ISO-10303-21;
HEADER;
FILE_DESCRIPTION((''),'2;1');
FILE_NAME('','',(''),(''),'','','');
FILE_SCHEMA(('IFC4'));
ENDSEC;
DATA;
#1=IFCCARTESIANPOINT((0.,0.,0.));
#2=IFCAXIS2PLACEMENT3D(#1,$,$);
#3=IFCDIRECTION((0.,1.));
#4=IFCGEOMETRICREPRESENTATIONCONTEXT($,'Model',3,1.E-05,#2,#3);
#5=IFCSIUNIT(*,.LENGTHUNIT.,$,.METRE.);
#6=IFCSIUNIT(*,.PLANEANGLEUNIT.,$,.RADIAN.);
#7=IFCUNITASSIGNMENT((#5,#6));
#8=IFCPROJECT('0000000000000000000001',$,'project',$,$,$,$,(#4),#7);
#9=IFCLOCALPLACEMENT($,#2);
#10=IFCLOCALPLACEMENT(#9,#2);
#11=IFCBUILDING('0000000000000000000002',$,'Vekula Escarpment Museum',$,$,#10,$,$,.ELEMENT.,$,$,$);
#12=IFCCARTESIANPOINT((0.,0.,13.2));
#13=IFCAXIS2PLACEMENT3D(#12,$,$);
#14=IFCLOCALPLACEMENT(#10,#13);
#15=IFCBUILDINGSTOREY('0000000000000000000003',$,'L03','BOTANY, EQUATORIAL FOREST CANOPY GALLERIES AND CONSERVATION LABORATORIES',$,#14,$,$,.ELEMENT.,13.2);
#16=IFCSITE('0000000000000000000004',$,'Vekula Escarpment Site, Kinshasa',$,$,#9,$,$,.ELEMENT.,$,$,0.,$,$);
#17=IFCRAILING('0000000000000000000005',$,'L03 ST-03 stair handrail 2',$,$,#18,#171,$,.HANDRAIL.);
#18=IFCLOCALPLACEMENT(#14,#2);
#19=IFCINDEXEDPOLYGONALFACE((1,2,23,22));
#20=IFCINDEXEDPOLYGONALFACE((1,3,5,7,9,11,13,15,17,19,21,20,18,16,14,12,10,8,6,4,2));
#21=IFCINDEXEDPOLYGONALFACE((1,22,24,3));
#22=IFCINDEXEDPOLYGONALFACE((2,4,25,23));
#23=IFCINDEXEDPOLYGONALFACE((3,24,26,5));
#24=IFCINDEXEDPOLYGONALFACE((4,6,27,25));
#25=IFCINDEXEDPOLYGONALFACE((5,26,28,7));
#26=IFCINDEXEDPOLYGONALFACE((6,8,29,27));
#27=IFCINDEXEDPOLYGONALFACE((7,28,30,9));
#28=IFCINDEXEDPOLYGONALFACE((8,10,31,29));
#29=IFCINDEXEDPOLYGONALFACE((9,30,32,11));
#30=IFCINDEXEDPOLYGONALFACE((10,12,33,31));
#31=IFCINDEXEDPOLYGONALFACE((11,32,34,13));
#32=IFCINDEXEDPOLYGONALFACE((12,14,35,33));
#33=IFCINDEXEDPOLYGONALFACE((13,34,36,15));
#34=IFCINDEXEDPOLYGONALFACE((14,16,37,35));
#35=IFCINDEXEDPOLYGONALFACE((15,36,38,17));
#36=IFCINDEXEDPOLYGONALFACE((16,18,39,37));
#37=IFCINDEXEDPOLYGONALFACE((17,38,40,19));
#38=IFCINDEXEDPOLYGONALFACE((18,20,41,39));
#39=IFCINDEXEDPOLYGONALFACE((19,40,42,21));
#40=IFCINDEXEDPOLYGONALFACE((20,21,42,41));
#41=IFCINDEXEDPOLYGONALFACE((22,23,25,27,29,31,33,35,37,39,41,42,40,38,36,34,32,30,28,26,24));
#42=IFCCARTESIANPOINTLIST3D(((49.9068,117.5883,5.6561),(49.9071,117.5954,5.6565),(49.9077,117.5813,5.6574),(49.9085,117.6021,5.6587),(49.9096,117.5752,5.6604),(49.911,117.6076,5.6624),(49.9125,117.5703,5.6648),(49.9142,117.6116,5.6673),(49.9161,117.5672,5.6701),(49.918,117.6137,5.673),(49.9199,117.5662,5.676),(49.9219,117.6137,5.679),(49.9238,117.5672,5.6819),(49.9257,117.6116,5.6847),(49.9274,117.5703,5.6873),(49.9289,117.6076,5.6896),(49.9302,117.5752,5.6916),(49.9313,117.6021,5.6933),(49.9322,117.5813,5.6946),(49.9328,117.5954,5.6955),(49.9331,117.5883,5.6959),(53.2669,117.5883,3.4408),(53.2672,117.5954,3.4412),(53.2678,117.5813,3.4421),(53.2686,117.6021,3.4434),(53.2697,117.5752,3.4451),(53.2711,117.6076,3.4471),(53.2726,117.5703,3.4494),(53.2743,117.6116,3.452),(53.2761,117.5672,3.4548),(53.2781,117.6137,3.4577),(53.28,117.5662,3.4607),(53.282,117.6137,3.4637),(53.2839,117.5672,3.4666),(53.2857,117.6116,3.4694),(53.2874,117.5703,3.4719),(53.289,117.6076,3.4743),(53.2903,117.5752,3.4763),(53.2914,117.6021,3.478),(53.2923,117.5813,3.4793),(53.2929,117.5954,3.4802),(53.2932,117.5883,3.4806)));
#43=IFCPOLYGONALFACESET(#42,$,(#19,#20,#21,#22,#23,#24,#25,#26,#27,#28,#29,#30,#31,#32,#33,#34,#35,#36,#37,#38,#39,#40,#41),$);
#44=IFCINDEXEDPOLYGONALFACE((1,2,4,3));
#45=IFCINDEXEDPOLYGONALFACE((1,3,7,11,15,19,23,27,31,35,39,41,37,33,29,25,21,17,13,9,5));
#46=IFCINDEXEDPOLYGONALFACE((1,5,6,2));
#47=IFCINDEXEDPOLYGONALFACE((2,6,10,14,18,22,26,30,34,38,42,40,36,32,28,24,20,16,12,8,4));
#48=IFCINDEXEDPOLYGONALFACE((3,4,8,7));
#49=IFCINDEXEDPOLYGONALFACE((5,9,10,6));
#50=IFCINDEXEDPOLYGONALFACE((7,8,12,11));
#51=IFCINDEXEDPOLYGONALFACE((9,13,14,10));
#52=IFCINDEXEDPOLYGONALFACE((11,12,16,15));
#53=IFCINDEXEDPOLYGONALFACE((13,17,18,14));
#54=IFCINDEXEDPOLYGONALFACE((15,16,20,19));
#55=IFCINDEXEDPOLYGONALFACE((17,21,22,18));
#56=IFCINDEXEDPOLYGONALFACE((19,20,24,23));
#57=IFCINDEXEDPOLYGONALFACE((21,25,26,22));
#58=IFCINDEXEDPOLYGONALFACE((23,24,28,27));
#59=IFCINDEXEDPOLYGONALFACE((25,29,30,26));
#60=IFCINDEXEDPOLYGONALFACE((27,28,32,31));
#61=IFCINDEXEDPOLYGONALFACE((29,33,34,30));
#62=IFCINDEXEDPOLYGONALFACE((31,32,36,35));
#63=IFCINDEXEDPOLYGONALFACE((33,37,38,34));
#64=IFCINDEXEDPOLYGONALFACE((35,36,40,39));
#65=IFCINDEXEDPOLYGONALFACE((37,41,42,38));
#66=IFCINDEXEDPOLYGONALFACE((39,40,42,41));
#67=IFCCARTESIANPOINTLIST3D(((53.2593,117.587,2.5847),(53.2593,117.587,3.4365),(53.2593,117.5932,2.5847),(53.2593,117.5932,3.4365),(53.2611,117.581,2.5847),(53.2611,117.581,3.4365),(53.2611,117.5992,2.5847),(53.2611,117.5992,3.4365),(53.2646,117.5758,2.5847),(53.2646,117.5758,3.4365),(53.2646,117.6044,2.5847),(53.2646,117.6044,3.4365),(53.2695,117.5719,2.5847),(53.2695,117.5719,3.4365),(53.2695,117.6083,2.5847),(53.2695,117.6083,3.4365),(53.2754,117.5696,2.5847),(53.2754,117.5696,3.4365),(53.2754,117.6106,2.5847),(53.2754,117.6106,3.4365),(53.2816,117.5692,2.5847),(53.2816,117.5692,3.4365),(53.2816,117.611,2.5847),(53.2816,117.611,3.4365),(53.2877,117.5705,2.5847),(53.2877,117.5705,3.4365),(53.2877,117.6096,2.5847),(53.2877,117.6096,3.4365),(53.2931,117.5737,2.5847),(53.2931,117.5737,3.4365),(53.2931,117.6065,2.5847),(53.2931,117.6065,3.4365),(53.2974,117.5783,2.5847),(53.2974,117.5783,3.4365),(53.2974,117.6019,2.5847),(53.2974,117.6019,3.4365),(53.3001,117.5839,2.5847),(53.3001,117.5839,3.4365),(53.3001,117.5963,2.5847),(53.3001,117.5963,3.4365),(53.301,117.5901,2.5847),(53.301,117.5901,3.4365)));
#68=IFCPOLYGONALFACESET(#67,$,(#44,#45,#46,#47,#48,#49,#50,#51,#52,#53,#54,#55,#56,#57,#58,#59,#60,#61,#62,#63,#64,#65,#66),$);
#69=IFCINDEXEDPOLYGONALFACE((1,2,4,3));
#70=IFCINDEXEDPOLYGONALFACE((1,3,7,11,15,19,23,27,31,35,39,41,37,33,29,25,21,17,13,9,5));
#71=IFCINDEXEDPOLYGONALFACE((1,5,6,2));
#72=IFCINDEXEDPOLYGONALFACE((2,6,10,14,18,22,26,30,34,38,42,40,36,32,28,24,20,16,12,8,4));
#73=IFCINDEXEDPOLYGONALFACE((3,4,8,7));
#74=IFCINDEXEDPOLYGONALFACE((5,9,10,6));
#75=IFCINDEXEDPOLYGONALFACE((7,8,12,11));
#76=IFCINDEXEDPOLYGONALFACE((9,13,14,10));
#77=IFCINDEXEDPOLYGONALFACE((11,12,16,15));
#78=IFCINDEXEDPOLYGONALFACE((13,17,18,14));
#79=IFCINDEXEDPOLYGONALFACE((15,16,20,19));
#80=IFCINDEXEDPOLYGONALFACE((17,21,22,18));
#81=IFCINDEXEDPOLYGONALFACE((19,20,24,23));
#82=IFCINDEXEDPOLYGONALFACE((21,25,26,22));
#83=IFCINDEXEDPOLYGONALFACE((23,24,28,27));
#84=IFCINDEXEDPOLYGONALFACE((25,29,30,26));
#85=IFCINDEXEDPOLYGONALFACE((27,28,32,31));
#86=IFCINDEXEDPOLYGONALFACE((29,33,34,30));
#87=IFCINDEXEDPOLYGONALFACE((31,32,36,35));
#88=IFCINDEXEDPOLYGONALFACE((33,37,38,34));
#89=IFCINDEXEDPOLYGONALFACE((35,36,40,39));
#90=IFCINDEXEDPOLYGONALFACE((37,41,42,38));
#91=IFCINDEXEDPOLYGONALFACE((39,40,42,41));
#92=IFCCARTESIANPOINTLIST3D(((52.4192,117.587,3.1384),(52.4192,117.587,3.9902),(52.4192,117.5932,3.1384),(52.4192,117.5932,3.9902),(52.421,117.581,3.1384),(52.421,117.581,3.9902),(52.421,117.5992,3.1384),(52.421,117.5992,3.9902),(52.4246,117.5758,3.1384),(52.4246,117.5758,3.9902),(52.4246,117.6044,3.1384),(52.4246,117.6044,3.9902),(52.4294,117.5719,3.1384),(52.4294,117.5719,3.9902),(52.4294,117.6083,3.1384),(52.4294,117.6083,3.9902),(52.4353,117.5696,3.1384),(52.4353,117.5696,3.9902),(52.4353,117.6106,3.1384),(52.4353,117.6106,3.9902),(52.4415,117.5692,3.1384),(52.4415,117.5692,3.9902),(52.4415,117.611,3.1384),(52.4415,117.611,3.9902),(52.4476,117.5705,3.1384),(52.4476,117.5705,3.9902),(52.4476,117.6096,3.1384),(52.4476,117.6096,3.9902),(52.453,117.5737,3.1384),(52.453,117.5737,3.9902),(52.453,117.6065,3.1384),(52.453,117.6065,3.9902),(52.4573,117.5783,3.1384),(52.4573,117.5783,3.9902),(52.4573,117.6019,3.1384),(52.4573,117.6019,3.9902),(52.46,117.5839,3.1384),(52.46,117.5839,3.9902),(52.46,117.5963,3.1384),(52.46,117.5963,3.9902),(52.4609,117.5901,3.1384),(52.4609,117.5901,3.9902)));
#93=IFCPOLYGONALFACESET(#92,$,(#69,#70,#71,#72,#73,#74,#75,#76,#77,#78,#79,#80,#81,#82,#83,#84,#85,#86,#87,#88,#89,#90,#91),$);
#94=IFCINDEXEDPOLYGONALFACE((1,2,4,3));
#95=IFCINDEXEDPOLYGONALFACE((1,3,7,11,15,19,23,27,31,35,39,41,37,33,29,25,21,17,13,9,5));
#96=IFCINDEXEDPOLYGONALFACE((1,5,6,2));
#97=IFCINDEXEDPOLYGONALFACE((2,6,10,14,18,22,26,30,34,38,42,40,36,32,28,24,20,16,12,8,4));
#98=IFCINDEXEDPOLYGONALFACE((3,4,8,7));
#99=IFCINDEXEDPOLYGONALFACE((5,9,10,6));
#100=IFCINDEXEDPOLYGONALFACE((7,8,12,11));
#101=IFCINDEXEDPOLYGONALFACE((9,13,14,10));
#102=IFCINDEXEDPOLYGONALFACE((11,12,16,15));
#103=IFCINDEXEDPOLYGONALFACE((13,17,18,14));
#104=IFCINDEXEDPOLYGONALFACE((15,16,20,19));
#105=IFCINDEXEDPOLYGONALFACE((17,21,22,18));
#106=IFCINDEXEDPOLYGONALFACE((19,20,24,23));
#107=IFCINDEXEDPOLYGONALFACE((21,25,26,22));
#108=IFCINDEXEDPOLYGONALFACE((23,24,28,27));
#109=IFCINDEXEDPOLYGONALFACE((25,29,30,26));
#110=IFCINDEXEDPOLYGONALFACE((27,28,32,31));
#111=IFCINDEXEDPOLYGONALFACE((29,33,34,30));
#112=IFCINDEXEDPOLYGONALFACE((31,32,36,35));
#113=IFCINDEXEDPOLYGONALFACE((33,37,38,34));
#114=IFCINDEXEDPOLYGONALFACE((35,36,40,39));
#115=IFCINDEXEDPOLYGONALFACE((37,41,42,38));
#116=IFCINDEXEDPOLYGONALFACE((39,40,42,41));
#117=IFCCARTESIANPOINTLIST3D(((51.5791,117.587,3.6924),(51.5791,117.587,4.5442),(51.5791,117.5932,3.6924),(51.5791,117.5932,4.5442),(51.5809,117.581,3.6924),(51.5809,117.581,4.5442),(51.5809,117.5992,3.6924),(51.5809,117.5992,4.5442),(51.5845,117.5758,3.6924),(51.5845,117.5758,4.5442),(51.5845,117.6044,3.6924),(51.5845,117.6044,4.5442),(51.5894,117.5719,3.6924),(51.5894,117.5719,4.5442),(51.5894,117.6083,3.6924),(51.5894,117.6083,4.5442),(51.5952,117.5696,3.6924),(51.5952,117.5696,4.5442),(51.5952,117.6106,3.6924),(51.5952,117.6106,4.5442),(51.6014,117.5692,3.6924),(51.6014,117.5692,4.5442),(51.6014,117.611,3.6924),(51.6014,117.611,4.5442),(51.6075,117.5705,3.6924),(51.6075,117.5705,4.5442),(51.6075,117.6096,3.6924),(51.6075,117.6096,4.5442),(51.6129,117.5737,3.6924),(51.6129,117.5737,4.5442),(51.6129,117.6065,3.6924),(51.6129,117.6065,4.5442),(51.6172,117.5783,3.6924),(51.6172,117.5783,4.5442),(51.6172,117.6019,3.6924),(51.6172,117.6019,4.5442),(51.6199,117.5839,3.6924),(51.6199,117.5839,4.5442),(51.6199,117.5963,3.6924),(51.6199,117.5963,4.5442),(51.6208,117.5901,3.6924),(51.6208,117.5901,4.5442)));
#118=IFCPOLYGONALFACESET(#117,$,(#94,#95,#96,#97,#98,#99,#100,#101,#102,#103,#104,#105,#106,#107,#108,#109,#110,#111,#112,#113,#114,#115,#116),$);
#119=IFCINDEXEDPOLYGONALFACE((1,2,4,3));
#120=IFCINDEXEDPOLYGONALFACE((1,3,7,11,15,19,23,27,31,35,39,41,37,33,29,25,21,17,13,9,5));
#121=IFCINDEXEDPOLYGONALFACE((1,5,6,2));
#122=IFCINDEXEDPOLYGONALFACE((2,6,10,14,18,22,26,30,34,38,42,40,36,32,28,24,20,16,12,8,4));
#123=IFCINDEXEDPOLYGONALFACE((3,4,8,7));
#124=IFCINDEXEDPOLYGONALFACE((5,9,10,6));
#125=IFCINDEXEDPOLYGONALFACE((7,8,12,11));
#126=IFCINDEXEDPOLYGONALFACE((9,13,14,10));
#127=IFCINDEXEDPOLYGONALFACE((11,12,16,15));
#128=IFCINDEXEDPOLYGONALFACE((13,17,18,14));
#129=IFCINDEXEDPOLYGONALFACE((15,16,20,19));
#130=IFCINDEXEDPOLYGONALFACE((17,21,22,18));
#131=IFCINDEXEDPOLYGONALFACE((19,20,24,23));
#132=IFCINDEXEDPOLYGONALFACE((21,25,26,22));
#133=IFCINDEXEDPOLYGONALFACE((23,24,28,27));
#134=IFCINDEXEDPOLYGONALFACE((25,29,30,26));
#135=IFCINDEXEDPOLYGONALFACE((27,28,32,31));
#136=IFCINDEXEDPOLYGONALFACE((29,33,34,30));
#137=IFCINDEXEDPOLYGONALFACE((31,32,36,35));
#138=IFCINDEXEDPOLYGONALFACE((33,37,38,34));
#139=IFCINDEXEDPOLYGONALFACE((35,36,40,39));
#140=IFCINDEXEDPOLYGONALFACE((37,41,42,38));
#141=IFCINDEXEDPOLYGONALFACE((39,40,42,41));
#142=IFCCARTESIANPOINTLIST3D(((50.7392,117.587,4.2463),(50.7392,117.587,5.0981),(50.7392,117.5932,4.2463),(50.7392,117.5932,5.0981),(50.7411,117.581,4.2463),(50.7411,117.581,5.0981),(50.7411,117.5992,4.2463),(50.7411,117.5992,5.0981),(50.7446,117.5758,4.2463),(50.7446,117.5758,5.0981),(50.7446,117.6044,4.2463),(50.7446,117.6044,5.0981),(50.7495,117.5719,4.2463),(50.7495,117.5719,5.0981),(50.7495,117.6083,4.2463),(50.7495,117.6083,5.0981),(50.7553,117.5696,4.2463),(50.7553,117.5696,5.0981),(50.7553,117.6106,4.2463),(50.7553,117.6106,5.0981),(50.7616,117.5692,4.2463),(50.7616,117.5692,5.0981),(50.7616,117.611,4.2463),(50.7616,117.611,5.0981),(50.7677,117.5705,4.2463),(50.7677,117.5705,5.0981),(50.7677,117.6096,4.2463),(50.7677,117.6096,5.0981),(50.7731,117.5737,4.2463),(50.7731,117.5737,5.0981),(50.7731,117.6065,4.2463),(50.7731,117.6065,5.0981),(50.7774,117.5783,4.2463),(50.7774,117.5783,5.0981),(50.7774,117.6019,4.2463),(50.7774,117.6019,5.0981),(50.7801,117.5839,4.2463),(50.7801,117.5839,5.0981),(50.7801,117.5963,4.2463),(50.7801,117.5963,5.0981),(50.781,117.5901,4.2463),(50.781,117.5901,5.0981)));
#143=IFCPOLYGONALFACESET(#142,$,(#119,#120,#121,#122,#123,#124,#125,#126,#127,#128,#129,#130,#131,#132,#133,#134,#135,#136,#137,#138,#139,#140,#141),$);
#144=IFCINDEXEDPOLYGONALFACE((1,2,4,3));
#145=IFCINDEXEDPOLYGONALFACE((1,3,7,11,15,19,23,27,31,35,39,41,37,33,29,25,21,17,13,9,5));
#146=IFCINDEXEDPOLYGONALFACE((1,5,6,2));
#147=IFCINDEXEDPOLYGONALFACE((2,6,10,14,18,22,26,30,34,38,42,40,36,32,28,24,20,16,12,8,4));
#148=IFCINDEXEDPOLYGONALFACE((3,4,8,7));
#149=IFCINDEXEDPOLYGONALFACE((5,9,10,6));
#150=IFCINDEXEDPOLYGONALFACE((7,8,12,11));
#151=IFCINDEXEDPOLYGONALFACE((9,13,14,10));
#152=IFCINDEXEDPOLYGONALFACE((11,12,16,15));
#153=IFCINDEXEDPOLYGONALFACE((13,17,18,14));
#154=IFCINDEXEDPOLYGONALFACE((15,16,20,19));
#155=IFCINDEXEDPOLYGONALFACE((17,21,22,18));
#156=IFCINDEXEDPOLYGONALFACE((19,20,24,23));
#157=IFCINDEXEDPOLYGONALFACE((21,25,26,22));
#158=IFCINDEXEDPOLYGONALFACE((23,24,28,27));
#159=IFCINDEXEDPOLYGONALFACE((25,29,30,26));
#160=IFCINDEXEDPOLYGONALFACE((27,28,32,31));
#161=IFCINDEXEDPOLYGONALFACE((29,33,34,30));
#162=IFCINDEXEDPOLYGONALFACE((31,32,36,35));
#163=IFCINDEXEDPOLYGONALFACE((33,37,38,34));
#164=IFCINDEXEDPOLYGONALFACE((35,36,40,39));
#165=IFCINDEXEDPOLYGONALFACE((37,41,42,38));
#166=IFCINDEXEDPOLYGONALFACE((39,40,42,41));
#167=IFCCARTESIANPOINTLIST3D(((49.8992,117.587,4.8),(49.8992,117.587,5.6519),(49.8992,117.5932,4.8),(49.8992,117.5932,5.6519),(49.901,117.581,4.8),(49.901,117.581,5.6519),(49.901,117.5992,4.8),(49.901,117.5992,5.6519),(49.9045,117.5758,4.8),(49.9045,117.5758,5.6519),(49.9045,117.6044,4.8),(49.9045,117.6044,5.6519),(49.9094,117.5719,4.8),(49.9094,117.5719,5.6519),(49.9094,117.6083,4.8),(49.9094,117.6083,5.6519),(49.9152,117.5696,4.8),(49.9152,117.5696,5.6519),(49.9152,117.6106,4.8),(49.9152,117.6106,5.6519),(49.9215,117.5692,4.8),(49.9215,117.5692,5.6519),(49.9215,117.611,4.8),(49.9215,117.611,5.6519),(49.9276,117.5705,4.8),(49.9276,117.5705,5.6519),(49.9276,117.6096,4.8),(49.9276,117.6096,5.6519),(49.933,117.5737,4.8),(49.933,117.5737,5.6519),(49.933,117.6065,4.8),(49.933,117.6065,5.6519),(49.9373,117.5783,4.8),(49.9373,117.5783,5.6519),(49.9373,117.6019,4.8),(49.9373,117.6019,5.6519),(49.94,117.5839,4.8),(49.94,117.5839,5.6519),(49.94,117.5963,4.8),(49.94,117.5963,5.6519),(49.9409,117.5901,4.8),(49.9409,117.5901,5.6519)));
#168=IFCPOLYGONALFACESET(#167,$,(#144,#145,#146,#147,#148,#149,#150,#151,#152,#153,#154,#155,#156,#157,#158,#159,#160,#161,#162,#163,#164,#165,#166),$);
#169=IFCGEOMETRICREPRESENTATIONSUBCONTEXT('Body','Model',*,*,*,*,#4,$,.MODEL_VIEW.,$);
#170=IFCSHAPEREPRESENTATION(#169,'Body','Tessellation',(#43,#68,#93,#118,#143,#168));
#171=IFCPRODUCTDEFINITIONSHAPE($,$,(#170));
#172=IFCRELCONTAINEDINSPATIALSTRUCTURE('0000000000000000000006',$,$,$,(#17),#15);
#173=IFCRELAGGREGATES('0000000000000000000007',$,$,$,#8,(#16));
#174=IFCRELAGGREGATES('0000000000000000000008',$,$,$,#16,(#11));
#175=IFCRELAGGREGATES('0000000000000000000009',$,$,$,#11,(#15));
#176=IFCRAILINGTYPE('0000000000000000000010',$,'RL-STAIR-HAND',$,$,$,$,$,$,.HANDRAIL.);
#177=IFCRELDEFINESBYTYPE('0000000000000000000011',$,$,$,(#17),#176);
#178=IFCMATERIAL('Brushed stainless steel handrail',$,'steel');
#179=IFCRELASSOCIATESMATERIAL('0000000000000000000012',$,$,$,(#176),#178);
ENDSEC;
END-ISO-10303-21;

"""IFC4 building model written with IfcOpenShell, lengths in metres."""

from ifc_helpers import new_model, si_unit, direction, frame, origin, origin_2d, place, context, subcontext, project, spatial, circle, extrude, material, type_object, element, save


model = new_model("IFC4")

# Units and contexts
model_context = context("Model", 3, precision=1e-05, world=origin(), true_north=direction((0.0, 1.0)))
body_context = subcontext(model_context, "Body", "Model", "MODEL_VIEW")
ifc_project = project(units=[si_unit("LENGTHUNIT", "METRE"), si_unit("PLANEANGLEUNIT", "RADIAN")], contexts=[model_context])

# Site, building, storey
site_placement = place(None, origin())
site = spatial("IfcSite", under=ifc_project, at=site_placement, Name="Vekula Escarpment Site, Kinshasa", CompositionType="ELEMENT", RefElevation=0.0)
building_placement = place(site_placement, origin())
building = spatial("IfcBuilding", under=site, at=building_placement, Name="Vekula Escarpment Museum", CompositionType="ELEMENT")
storey_placement = place(building_placement, frame((0.0, 0.0, 13.2)))
storey = spatial("IfcBuildingStorey", under=building, at=storey_placement, Name="L03", Description="BOTANY, EQUATORIAL FOREST CANOPY GALLERIES AND CONSERVATION LABORATORIES", CompositionType="ELEMENT", Elevation=13.2)

# Railing
ifc_material_1 = material(Name="Brushed stainless steel handrail", Category="steel")
railing_type_1 = type_object("IfcRailingType", Name="RL-STAIR-HAND", PredefinedType="HANDRAIL", material=ifc_material_1)
railing_1_placement = place(storey_placement, frame((53.28, 117.5901, 2.5847)))
element("IfcRailing", 1, at=railing_1_placement, inside=storey, type_object=railing_type_1, Name="L03 ST-03 stair handrail 2", PredefinedType="HANDRAIL", context=body_context, shape_type="SweptSolid", body=[
    extrude(circle(Radius=0.0239, at=origin_2d()), frame((0.0, 0.0, 0.876), z_axis=(-0.834876, 0.0, 0.550437), x_axis=(0.0, -1.0, 0.0)), (0.0, 0.0, 1.0), 4.0247),
    extrude(circle(Radius=0.021, at=origin_2d()), origin(), (0.0, 0.0, 1.0), 0.8518),
    extrude(circle(Radius=0.021, at=origin_2d()), frame((-0.8401, 0.0, 0.5537)), (0.0, 0.0, 1.0), 0.8518),
    extrude(circle(Radius=0.021, at=origin_2d()), frame((-1.6802, 0.0, 1.1077)), (0.0, 0.0, 1.0), 0.8518),
    extrude(circle(Radius=0.021, at=origin_2d()), frame((-2.52, 0.0, 1.6616)), (0.0, 0.0, 1.0), 0.8518),
    extrude(circle(Radius=0.021, at=origin_2d()), frame((-3.3601, 0.0, 2.2153)), (0.0, 0.0, 1.0), 0.8518),
])

save(model, "model.ifc")
